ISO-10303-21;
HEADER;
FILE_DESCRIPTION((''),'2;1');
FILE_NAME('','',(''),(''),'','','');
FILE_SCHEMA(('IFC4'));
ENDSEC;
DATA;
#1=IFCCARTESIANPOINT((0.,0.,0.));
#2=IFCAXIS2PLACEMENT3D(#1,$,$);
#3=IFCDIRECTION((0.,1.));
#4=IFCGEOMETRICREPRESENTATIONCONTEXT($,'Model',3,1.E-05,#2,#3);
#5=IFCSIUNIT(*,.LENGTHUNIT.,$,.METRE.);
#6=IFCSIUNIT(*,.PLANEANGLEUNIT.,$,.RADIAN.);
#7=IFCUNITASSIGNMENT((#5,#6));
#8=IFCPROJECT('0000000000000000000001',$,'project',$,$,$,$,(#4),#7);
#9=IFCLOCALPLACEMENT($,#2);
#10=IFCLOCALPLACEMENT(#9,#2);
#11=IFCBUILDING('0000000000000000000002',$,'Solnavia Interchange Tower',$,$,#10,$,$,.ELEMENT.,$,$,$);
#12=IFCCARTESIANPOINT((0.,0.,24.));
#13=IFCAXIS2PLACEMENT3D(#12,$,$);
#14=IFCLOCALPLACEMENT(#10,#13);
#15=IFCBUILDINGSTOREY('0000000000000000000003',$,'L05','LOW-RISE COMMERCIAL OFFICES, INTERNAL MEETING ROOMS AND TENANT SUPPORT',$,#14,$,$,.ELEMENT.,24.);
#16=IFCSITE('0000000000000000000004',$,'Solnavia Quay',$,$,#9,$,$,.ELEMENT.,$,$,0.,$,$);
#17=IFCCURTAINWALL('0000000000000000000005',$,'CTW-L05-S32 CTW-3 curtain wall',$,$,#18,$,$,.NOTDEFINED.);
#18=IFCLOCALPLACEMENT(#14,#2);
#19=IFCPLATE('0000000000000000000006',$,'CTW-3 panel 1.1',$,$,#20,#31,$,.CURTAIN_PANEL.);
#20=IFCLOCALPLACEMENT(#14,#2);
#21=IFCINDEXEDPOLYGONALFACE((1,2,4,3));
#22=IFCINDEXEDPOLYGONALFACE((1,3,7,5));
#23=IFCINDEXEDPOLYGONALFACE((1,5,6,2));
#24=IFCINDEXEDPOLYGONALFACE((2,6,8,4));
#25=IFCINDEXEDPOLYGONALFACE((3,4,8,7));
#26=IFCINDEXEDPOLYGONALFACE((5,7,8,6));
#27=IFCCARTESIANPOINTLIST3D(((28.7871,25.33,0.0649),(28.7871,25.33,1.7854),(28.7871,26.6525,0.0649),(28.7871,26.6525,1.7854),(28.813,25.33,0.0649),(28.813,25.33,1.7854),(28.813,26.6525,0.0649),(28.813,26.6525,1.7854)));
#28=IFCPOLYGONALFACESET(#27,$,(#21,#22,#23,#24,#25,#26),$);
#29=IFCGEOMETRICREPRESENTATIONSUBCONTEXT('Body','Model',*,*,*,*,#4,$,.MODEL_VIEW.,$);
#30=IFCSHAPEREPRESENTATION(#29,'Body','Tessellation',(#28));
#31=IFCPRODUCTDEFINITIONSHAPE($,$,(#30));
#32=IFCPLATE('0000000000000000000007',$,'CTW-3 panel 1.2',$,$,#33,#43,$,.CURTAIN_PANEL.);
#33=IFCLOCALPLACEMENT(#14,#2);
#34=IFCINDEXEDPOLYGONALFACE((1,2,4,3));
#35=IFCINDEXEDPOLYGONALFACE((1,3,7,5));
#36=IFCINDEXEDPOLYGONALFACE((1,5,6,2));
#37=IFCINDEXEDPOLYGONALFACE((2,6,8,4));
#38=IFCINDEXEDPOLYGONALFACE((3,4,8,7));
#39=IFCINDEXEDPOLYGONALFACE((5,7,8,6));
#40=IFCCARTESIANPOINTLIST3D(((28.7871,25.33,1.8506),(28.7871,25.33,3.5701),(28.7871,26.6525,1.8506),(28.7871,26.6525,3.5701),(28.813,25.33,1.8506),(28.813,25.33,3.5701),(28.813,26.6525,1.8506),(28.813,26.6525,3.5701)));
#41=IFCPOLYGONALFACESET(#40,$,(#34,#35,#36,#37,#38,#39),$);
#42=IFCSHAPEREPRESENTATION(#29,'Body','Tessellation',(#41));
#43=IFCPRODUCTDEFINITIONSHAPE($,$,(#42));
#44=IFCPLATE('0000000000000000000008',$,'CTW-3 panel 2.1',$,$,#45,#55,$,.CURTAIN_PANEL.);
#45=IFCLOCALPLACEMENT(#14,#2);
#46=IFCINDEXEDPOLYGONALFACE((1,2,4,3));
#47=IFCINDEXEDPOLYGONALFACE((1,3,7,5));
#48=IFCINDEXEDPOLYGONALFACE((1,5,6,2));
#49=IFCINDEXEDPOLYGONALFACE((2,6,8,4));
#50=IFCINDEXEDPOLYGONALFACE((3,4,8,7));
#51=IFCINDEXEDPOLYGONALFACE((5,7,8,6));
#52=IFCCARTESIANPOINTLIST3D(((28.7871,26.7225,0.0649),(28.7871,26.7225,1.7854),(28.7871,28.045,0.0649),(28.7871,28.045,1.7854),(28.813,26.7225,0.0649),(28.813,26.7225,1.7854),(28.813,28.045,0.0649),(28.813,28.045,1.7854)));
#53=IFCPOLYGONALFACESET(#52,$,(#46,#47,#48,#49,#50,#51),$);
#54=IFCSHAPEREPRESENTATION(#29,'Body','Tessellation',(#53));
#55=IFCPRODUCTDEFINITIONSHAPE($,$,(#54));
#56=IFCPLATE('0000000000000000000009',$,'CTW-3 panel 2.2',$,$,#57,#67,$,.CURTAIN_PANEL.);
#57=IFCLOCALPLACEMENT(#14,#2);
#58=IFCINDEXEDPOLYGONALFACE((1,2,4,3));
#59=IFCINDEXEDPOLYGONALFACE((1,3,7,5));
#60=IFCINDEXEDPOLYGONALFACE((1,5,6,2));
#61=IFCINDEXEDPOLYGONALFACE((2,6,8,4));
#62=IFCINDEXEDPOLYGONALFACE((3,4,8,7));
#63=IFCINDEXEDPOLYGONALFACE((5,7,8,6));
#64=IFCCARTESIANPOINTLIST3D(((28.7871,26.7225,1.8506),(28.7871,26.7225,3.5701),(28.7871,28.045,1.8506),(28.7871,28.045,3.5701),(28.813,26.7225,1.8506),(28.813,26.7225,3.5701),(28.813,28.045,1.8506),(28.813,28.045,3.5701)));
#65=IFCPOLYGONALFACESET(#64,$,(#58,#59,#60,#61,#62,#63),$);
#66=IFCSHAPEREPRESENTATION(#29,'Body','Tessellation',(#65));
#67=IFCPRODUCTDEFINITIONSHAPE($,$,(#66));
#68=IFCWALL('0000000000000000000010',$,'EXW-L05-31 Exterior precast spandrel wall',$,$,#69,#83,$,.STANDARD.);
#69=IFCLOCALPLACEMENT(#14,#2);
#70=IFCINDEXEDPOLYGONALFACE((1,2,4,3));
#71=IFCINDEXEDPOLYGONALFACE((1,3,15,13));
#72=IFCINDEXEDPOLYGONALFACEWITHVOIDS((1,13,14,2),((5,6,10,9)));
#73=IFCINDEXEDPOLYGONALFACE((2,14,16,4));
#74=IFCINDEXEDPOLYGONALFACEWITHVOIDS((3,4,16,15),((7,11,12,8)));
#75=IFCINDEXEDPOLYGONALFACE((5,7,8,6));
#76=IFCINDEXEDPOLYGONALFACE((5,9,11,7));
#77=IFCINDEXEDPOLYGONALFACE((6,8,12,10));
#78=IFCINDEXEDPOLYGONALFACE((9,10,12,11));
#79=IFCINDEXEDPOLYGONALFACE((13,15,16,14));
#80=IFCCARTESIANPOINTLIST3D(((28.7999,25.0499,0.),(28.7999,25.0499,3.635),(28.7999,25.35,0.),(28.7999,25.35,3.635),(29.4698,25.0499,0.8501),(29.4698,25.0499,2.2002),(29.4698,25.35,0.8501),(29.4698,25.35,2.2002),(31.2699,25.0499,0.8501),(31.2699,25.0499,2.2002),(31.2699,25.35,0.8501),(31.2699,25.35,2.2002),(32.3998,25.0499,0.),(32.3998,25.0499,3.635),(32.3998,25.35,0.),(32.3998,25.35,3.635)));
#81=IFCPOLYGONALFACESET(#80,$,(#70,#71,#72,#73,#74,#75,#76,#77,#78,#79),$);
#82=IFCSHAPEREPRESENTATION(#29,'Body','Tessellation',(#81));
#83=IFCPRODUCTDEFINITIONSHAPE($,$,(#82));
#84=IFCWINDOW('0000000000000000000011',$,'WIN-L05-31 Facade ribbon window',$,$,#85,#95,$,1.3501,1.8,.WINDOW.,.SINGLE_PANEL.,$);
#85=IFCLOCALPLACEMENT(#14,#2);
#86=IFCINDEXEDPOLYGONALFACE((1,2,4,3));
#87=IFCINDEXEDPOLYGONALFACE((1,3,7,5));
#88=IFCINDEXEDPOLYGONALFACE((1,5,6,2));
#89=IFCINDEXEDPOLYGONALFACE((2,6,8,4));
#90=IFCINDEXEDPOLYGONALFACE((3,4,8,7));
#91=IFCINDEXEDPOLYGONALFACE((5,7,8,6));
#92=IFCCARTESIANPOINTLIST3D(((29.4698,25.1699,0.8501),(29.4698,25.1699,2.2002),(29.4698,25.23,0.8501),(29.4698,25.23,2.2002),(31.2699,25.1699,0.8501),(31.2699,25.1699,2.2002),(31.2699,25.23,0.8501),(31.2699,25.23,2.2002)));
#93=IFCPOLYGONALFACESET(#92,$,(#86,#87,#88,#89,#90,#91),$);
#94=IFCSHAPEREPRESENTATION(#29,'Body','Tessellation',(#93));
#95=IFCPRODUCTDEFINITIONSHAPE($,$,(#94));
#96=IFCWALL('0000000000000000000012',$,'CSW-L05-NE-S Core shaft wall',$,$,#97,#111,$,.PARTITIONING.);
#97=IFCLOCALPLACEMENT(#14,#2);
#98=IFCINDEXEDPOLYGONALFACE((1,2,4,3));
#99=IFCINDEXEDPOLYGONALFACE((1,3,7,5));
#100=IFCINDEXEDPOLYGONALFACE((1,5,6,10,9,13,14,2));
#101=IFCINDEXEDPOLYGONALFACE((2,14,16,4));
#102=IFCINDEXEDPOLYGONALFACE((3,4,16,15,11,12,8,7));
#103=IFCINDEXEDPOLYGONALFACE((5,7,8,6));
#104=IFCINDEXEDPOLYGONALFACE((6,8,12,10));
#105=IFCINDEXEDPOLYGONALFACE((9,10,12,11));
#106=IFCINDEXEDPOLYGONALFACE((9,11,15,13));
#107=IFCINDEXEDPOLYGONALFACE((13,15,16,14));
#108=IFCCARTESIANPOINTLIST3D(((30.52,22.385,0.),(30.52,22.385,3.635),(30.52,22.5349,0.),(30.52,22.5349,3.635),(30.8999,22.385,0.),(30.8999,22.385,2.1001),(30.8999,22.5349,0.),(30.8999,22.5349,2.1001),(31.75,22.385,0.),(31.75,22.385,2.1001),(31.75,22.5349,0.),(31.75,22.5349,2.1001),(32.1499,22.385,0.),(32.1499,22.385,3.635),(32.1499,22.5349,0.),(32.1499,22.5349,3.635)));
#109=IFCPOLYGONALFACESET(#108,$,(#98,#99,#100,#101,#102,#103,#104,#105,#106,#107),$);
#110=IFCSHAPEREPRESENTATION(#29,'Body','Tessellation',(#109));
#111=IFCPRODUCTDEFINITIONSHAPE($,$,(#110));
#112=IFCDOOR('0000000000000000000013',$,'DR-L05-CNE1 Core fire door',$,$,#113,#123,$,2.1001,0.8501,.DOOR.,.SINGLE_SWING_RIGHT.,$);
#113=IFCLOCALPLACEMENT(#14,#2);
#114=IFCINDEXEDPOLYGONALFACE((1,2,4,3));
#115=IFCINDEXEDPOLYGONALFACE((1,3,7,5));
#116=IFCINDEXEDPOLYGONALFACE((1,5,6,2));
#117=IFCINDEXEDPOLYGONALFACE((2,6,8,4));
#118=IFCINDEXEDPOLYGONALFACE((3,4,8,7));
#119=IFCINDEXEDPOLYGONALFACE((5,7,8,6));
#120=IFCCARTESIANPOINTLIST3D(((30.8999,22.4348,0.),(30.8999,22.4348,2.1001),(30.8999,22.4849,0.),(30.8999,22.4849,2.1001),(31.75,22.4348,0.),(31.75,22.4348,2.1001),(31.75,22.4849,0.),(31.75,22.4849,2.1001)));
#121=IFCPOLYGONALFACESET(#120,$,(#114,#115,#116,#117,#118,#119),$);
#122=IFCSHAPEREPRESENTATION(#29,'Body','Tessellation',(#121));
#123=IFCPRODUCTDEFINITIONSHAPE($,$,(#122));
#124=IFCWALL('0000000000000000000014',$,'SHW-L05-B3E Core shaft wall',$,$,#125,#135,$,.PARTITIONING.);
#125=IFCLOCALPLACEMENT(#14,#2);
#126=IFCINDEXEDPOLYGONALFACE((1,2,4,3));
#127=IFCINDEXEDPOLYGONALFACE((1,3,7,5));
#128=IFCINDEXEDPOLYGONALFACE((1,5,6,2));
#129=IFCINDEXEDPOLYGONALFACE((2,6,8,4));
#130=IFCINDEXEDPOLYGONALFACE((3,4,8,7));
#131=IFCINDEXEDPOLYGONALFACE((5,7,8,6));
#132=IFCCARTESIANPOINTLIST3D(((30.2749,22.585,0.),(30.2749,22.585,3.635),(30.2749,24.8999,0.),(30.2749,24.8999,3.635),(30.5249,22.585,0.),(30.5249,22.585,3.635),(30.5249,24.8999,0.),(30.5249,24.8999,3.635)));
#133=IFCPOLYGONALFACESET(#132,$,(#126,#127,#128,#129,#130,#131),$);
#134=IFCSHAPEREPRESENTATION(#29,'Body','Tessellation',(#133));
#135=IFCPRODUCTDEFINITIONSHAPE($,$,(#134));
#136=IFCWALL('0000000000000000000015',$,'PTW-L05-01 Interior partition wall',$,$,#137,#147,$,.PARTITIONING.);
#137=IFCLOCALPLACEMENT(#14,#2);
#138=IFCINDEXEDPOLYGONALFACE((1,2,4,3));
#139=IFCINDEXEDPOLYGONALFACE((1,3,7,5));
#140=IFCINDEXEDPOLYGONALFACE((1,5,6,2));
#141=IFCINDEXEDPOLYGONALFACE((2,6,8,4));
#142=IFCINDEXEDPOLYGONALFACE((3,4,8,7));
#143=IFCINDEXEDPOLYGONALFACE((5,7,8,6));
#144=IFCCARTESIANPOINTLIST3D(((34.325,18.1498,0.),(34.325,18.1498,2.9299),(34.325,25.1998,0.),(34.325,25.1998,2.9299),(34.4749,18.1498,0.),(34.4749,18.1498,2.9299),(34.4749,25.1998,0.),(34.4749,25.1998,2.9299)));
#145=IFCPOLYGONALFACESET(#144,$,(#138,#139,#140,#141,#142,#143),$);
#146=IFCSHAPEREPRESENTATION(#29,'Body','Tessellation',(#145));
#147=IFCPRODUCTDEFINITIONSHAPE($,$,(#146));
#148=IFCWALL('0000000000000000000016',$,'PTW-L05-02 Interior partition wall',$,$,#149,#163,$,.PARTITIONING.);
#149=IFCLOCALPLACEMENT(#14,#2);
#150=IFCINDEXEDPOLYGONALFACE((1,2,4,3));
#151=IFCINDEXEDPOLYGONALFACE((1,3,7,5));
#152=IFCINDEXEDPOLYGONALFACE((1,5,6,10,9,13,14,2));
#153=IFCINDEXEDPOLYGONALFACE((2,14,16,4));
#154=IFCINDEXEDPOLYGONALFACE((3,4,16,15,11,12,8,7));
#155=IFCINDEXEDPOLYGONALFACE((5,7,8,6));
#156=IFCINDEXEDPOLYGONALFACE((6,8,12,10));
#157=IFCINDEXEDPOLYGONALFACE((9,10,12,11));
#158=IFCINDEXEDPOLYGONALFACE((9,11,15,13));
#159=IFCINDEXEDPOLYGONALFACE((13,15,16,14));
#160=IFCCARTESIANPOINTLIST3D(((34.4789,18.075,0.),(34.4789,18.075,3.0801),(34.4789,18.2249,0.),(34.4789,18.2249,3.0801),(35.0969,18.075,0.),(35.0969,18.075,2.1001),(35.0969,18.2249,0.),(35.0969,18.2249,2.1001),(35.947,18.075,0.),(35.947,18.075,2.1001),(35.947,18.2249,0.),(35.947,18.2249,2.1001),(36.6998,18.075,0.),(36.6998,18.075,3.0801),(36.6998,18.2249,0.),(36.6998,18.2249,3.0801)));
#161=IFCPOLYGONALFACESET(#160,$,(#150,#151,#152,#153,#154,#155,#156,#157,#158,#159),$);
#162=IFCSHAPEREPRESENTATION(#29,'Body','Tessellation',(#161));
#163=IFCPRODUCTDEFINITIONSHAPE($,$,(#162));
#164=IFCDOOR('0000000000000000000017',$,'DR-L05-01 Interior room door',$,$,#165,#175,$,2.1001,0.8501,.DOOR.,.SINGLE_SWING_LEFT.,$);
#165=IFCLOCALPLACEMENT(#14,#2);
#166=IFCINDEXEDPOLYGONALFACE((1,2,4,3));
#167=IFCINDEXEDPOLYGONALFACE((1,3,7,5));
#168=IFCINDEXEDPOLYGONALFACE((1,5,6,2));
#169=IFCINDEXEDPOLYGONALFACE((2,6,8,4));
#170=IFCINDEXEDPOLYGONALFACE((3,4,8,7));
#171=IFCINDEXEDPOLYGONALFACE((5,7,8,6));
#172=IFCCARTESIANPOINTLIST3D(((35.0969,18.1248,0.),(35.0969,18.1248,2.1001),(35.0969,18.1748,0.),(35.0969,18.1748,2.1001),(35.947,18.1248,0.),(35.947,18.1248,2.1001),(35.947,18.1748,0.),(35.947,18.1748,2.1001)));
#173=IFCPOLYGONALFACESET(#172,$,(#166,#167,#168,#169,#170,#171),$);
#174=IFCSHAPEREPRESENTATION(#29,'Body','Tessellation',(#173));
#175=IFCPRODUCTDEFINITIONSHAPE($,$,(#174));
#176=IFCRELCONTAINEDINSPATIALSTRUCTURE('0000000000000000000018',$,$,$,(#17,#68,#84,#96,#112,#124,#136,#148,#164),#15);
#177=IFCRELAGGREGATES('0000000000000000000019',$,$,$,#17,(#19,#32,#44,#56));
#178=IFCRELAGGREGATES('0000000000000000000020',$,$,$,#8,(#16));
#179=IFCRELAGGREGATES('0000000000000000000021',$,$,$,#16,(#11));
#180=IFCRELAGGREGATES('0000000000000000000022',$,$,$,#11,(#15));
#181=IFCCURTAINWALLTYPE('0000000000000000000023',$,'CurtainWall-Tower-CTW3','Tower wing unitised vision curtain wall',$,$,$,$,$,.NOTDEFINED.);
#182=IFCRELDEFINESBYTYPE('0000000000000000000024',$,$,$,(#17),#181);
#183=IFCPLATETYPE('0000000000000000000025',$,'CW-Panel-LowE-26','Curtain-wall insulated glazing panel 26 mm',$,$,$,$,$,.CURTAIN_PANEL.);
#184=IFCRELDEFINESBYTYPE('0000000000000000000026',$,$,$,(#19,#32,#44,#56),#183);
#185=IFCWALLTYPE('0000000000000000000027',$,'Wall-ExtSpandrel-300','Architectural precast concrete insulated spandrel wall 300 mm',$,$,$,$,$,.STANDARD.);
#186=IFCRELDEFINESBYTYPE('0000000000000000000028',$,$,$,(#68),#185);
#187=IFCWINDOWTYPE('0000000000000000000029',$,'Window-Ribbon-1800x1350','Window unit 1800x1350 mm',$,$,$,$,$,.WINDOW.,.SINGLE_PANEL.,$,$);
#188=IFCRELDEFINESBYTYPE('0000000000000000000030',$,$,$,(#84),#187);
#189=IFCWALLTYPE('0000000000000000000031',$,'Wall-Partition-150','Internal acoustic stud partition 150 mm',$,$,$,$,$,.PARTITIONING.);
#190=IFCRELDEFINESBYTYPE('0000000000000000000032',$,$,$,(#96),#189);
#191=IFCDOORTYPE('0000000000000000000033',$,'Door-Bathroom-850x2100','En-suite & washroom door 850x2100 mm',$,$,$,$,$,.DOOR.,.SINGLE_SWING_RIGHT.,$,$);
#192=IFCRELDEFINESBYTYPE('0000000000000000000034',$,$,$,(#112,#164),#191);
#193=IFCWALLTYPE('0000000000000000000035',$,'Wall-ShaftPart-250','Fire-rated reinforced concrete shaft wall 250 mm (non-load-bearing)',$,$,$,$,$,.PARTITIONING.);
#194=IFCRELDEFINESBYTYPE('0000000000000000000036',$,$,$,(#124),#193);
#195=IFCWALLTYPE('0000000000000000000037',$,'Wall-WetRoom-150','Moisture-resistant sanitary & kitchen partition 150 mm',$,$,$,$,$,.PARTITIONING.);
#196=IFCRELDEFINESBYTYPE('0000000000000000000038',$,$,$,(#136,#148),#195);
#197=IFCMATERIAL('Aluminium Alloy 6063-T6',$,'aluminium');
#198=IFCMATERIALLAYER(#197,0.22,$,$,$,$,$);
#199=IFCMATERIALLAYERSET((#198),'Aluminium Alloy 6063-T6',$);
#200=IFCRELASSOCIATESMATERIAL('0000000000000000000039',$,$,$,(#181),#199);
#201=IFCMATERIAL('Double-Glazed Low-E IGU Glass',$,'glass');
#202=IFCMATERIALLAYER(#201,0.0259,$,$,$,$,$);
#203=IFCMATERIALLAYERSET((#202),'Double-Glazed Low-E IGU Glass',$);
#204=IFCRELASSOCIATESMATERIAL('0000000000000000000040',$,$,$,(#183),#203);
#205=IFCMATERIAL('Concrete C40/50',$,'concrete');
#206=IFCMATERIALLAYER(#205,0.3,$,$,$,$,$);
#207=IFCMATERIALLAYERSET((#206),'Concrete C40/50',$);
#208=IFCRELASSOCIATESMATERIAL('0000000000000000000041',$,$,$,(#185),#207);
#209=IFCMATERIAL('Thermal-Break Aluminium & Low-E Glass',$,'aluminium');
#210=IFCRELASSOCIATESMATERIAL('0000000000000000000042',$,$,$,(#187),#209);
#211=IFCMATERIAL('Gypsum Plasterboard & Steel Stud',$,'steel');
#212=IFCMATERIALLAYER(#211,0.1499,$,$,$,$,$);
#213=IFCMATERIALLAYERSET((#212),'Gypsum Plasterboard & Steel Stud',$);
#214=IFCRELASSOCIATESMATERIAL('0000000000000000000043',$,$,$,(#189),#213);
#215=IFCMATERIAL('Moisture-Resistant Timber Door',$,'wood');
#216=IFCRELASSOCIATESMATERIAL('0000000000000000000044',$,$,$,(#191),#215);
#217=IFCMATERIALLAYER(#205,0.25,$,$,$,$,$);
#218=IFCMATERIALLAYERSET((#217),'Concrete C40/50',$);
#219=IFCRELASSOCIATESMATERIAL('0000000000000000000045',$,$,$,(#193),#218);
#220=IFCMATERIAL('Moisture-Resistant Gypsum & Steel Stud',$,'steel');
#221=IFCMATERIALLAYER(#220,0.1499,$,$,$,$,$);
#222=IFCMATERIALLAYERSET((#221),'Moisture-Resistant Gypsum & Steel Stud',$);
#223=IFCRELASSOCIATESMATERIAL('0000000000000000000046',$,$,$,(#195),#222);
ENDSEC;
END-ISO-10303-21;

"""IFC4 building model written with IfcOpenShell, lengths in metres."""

from ifc_helpers import new_model, si_unit, direction, frame, frame_2d, origin, origin_2d, place, context, subcontext, project, spatial, rectangle, extrude, material, layer, layer_set, type_object, element, fill, aggregate, save


model = new_model("IFC4")

# Units and contexts
model_context = context("Model", 3, precision=1e-05, world=origin(), true_north=direction((0.0, 1.0)))
body_context = subcontext(model_context, "Body", "Model", "MODEL_VIEW")
ifc_project = project(units=[si_unit("LENGTHUNIT", "METRE"), si_unit("PLANEANGLEUNIT", "RADIAN")], contexts=[model_context])

# Site, building, storey
site_placement = place(None, origin())
site = spatial("IfcSite", under=ifc_project, at=site_placement, Name="Solnavia Quay", CompositionType="ELEMENT", RefElevation=0.0)
building_placement = place(site_placement, origin())
building = spatial("IfcBuilding", under=site, at=building_placement, Name="Solnavia Interchange Tower", CompositionType="ELEMENT")
storey_placement = place(building_placement, frame((0.0, 0.0, 24.0)))
storey = spatial("IfcBuildingStorey", under=building, at=storey_placement, Name="L05", Description="LOW-RISE COMMERCIAL OFFICES, INTERNAL MEETING ROOMS AND TENANT SUPPORT", CompositionType="ELEMENT", Elevation=24.0)

# Shared definitions
ifc_material_1 = material(Name="Aluminium Alloy 6063-T6", Category="aluminium")
ifc_layer_1 = layer(ifc_material_1, 0.22)
ifc_layer_set_1 = layer_set([ifc_layer_1], Name="Aluminium Alloy 6063-T6")
curtain_wall_type = type_object("IfcCurtainWallType", Name="CurtainWall-Tower-CTW3", Description="Tower wing unitised vision curtain wall", PredefinedType="NOTDEFINED", material=ifc_layer_set_1)

# Curtain wall
curtain_wall_1_placement = place(storey_placement, origin())
curtain_wall_1 = element("IfcCurtainWall", 1, at=curtain_wall_1_placement, inside=storey, type_object=curtain_wall_type, Name="CTW-L05-S32 CTW-3 curtain wall", PredefinedType="NOTDEFINED")

# Plates
ifc_material_2 = material(Name="Double-Glazed Low-E IGU Glass", Category="glass")
ifc_layer_2 = layer(ifc_material_2, 0.0259)
ifc_layer_set_2 = layer_set([ifc_layer_2], Name="Double-Glazed Low-E IGU Glass")
plate_type = type_object("IfcPlateType", Name="CW-Panel-LowE-26", Description="Curtain-wall insulated glazing panel 26 mm", PredefinedType="CURTAIN_PANEL", material=ifc_layer_set_2)
plate_1_placement = place(storey_placement, frame((28.8, 25.9912, 0.0649), z_axis=(0.0, 0.0, 1.0), x_axis=(0.0, 1.0, 0.0)))
plate_1 = element("IfcPlate", 2, at=plate_1_placement, type_object=plate_type, Name="CTW-3 panel 1.1", PredefinedType="CURTAIN_PANEL", context=body_context, shape_type="SweptSolid", body=[
    extrude(rectangle(XDim=1.3225, YDim=0.0259, at=origin_2d()), origin(), (0.0, 0.0, 1.0), 1.7205),
])
plate_2_placement = place(storey_placement, frame((28.8, 25.9912, 1.8506), z_axis=(0.0, 0.0, 1.0), x_axis=(0.0, 1.0, 0.0)))
plate_2 = element("IfcPlate", 3, at=plate_2_placement, type_object=plate_type, Name="CTW-3 panel 1.2", PredefinedType="CURTAIN_PANEL", context=body_context, shape_type="SweptSolid", body=[
    extrude(rectangle(XDim=1.3225, YDim=0.0259, at=origin_2d()), origin(), (0.0, 0.0, 1.0), 1.7195),
])
plate_3_placement = place(storey_placement, frame((28.8, 27.3838, 0.0649), z_axis=(0.0, 0.0, 1.0), x_axis=(0.0, 1.0, 0.0)))
plate_3 = element("IfcPlate", 4, at=plate_3_placement, type_object=plate_type, Name="CTW-3 panel 2.1", PredefinedType="CURTAIN_PANEL", context=body_context, shape_type="SweptSolid", body=[
    extrude(rectangle(XDim=1.3225, YDim=0.0259, at=origin_2d()), origin(), (0.0, 0.0, 1.0), 1.7205),
])
plate_4_placement = place(storey_placement, frame((28.8, 27.3838, 1.8506), z_axis=(0.0, 0.0, 1.0), x_axis=(0.0, 1.0, 0.0)))
plate_4 = element("IfcPlate", 5, at=plate_4_placement, type_object=plate_type, Name="CTW-3 panel 2.2", PredefinedType="CURTAIN_PANEL", context=body_context, shape_type="SweptSolid", body=[
    extrude(rectangle(XDim=1.3225, YDim=0.0259, at=origin_2d()), origin(), (0.0, 0.0, 1.0), 1.7195),
])
aggregate(curtain_wall_1, [plate_1, plate_2, plate_3, plate_4])

# Wall, opening, window
ifc_material_3 = material(Name="Concrete C40/50", Category="concrete")
ifc_layer_3 = layer(ifc_material_3, 0.3)
ifc_layer_set_3 = layer_set([ifc_layer_3], Name="Concrete C40/50")
wall_type_1 = type_object("IfcWallType", Name="Wall-ExtSpandrel-300", Description="Architectural precast concrete insulated spandrel wall 300 mm", PredefinedType="STANDARD", material=ifc_layer_set_3)
wall_1_placement = place(storey_placement, frame((28.8, 25.2, 0.0), z_axis=(0.0, 0.0, 1.0), x_axis=(1.0, 0.0, 0.0)))
wall_1 = element("IfcWall", 6, at=wall_1_placement, inside=storey, type_object=wall_type_1, Name="EXW-L05-31 Exterior precast spandrel wall", PredefinedType="STANDARD", context=body_context, shape_type="SweptSolid", body=[
    extrude(rectangle(XDim=3.5999, YDim=0.3, at=frame_2d((1.7998, 0.0))), origin(), (0.0, 0.0, 1.0), 3.635),
])
opening_1_placement = place(wall_1_placement, frame((0.6699, 0.0, 0.8501)))
opening_1 = element("IfcOpeningElement", 7, at=opening_1_placement, cuts=wall_1, PredefinedType="OPENING", context=body_context, shape_type="SweptSolid", body=[
    extrude(rectangle(XDim=1.8, YDim=1.3501, at=frame_2d((0.8999, 0.675))), frame((0.0, 0.1602, 0.0), z_axis=(0.0, -1.0, 0.0), x_axis=(1.0, 0.0, 0.0)), (0.0, 0.0, 1.0), 0.3201),
])
ifc_material_4 = material(Name="Thermal-Break Aluminium & Low-E Glass", Category="aluminium")
window_type = type_object("IfcWindowType", Name="Window-Ribbon-1800x1350", Description="Window unit 1800x1350 mm", PartitioningType="SINGLE_PANEL", PredefinedType="WINDOW", material=ifc_material_4)
window_placement = place(opening_1_placement, origin())
window = element("IfcWindow", 8, at=window_placement, inside=storey, type_object=window_type, Name="WIN-L05-31 Facade ribbon window", OverallHeight=1.3501, OverallWidth=1.8, PartitioningType="SINGLE_PANEL", PredefinedType="WINDOW", context=body_context, shape_type="SweptSolid", body=[
    extrude(rectangle(XDim=1.8, YDim=1.3501, at=frame_2d((0.8999, 0.675))), frame((0.0, 0.03, 0.0), z_axis=(0.0, -1.0, 0.0), x_axis=(1.0, 0.0, 0.0)), (0.0, 0.0, 1.0), 0.0601),
])
fill(opening_1, window)

# Wall, opening, door
ifc_material_5 = material(Name="Gypsum Plasterboard & Steel Stud", Category="steel")
ifc_layer_4 = layer(ifc_material_5, 0.1499)
ifc_layer_set_4 = layer_set([ifc_layer_4], Name="Gypsum Plasterboard & Steel Stud")
wall_type_2 = type_object("IfcWallType", Name="Wall-Partition-150", Description="Internal acoustic stud partition 150 mm", PredefinedType="PARTITIONING", material=ifc_layer_set_4)
wall_2_placement = place(storey_placement, frame((30.52, 22.46, 0.0), z_axis=(0.0, 0.0, 1.0), x_axis=(1.0, 0.0, 0.0)))
wall_2 = element("IfcWall", 9, at=wall_2_placement, inside=storey, type_object=wall_type_2, Name="CSW-L05-NE-S Core shaft wall", PredefinedType="PARTITIONING", context=body_context, shape_type="SweptSolid", body=[
    extrude(rectangle(XDim=1.6299, YDim=0.1499, at=frame_2d((0.8149, 0.0))), origin(), (0.0, 0.0, 1.0), 3.635),
])
opening_2_placement = place(wall_2_placement, frame((0.3799, 0.0, 0.0)))
opening_2 = element("IfcOpeningElement", 10, at=opening_2_placement, cuts=wall_2, PredefinedType="OPENING", context=body_context, shape_type="SweptSolid", body=[
    extrude(rectangle(XDim=0.8501, YDim=2.1001, at=frame_2d((0.425, 1.05))), frame((0.0, 0.085, 0.0), z_axis=(0.0, -1.0, 0.0), x_axis=(1.0, 0.0, 0.0)), (0.0, 0.0, 1.0), 0.1699),
])
ifc_material_6 = material(Name="Moisture-Resistant Timber Door", Category="wood")
door_type = type_object("IfcDoorType", Name="Door-Bathroom-850x2100", Description="En-suite & washroom door 850x2100 mm", OperationType="SINGLE_SWING_RIGHT", PredefinedType="DOOR", material=ifc_material_6)
door_1_placement = place(opening_2_placement, origin())
door_1 = element("IfcDoor", 11, at=door_1_placement, inside=storey, type_object=door_type, Name="DR-L05-CNE1 Core fire door", OperationType="SINGLE_SWING_RIGHT", OverallHeight=2.1001, OverallWidth=0.8501, PredefinedType="DOOR", context=body_context, shape_type="SweptSolid", body=[
    extrude(rectangle(XDim=0.8501, YDim=2.1001, at=frame_2d((0.425, 1.05))), frame((0.0, 0.0249, 0.0), z_axis=(0.0, -1.0, 0.0), x_axis=(1.0, 0.0, 0.0)), (0.0, 0.0, 1.0), 0.05),
])
fill(opening_2, door_1)

# Walls
ifc_layer_5 = layer(ifc_material_3, 0.25)
ifc_layer_set_5 = layer_set([ifc_layer_5], Name="Concrete C40/50")
wall_type_3 = type_object("IfcWallType", Name="Wall-ShaftPart-250", Description="Fire-rated reinforced concrete shaft wall 250 mm (non-load-bearing)", PredefinedType="PARTITIONING", material=ifc_layer_set_5)
wall_3_placement = place(storey_placement, frame((30.3999, 22.585, 0.0), z_axis=(0.0, 0.0, 1.0), x_axis=(0.0, 1.0, 0.0)))
element("IfcWall", 12, at=wall_3_placement, inside=storey, type_object=wall_type_3, Name="SHW-L05-B3E Core shaft wall", PredefinedType="PARTITIONING", context=body_context, shape_type="SweptSolid", body=[
    extrude(rectangle(XDim=2.3149, YDim=0.25, at=frame_2d((1.1575, 0.0))), origin(), (0.0, 0.0, 1.0), 3.635),
])
ifc_material_7 = material(Name="Moisture-Resistant Gypsum & Steel Stud", Category="steel")
ifc_layer_6 = layer(ifc_material_7, 0.1499)
ifc_layer_set_6 = layer_set([ifc_layer_6], Name="Moisture-Resistant Gypsum & Steel Stud")
wall_type_4 = type_object("IfcWallType", Name="Wall-WetRoom-150", Description="Moisture-resistant sanitary & kitchen partition 150 mm", PredefinedType="PARTITIONING", material=ifc_layer_set_6)
wall_4_placement = place(storey_placement, frame((34.3999, 18.1499, 0.0), z_axis=(0.0, 0.0, 1.0), x_axis=(0.0, 1.0, 0.0)))
element("IfcWall", 13, at=wall_4_placement, inside=storey, type_object=wall_type_4, Name="PTW-L05-01 Interior partition wall", PredefinedType="PARTITIONING", context=body_context, shape_type="SweptSolid", body=[
    extrude(rectangle(XDim=7.05, YDim=0.1499, at=frame_2d((3.5249, 0.0))), origin(), (0.0, 0.0, 1.0), 2.9299),
])

# Wall, opening, door
wall_5_placement = place(storey_placement, frame((34.479, 18.1499, 0.0), z_axis=(0.0, 0.0, 1.0), x_axis=(1.0, 0.0, 0.0)))
wall_5 = element("IfcWall", 14, at=wall_5_placement, inside=storey, type_object=wall_type_4, Name="PTW-L05-02 Interior partition wall", PredefinedType="PARTITIONING", context=body_context, shape_type="SweptSolid", body=[
    extrude(rectangle(XDim=2.2209, YDim=0.1499, at=frame_2d((1.1104, 0.0))), origin(), (0.0, 0.0, 1.0), 3.0801),
])
opening_3_placement = place(wall_5_placement, frame((0.6179, 0.0, 0.0)))
opening_3 = element("IfcOpeningElement", 15, at=opening_3_placement, cuts=wall_5, PredefinedType="OPENING", context=body_context, shape_type="SweptSolid", body=[
    extrude(rectangle(XDim=0.8501, YDim=2.1001, at=frame_2d((0.425, 1.05))), frame((0.0, 0.085, 0.0), z_axis=(0.0, -1.0, 0.0), x_axis=(1.0, 0.0, 0.0)), (0.0, 0.0, 1.0), 0.1699),
])
door_2_placement = place(opening_3_placement, origin())
door_2 = element("IfcDoor", 16, at=door_2_placement, inside=storey, type_object=door_type, Name="DR-L05-01 Interior room door", OperationType="SINGLE_SWING_LEFT", OverallHeight=2.1001, OverallWidth=0.8501, PredefinedType="DOOR", context=body_context, shape_type="SweptSolid", body=[
    extrude(rectangle(XDim=0.8501, YDim=2.1001, at=frame_2d((0.425, 1.05))), frame((0.0, 0.0249, 0.0), z_axis=(0.0, -1.0, 0.0), x_axis=(1.0, 0.0, 0.0)), (0.0, 0.0, 1.0), 0.05),
])
fill(opening_3, door_2)

save(model, "model.ifc")
